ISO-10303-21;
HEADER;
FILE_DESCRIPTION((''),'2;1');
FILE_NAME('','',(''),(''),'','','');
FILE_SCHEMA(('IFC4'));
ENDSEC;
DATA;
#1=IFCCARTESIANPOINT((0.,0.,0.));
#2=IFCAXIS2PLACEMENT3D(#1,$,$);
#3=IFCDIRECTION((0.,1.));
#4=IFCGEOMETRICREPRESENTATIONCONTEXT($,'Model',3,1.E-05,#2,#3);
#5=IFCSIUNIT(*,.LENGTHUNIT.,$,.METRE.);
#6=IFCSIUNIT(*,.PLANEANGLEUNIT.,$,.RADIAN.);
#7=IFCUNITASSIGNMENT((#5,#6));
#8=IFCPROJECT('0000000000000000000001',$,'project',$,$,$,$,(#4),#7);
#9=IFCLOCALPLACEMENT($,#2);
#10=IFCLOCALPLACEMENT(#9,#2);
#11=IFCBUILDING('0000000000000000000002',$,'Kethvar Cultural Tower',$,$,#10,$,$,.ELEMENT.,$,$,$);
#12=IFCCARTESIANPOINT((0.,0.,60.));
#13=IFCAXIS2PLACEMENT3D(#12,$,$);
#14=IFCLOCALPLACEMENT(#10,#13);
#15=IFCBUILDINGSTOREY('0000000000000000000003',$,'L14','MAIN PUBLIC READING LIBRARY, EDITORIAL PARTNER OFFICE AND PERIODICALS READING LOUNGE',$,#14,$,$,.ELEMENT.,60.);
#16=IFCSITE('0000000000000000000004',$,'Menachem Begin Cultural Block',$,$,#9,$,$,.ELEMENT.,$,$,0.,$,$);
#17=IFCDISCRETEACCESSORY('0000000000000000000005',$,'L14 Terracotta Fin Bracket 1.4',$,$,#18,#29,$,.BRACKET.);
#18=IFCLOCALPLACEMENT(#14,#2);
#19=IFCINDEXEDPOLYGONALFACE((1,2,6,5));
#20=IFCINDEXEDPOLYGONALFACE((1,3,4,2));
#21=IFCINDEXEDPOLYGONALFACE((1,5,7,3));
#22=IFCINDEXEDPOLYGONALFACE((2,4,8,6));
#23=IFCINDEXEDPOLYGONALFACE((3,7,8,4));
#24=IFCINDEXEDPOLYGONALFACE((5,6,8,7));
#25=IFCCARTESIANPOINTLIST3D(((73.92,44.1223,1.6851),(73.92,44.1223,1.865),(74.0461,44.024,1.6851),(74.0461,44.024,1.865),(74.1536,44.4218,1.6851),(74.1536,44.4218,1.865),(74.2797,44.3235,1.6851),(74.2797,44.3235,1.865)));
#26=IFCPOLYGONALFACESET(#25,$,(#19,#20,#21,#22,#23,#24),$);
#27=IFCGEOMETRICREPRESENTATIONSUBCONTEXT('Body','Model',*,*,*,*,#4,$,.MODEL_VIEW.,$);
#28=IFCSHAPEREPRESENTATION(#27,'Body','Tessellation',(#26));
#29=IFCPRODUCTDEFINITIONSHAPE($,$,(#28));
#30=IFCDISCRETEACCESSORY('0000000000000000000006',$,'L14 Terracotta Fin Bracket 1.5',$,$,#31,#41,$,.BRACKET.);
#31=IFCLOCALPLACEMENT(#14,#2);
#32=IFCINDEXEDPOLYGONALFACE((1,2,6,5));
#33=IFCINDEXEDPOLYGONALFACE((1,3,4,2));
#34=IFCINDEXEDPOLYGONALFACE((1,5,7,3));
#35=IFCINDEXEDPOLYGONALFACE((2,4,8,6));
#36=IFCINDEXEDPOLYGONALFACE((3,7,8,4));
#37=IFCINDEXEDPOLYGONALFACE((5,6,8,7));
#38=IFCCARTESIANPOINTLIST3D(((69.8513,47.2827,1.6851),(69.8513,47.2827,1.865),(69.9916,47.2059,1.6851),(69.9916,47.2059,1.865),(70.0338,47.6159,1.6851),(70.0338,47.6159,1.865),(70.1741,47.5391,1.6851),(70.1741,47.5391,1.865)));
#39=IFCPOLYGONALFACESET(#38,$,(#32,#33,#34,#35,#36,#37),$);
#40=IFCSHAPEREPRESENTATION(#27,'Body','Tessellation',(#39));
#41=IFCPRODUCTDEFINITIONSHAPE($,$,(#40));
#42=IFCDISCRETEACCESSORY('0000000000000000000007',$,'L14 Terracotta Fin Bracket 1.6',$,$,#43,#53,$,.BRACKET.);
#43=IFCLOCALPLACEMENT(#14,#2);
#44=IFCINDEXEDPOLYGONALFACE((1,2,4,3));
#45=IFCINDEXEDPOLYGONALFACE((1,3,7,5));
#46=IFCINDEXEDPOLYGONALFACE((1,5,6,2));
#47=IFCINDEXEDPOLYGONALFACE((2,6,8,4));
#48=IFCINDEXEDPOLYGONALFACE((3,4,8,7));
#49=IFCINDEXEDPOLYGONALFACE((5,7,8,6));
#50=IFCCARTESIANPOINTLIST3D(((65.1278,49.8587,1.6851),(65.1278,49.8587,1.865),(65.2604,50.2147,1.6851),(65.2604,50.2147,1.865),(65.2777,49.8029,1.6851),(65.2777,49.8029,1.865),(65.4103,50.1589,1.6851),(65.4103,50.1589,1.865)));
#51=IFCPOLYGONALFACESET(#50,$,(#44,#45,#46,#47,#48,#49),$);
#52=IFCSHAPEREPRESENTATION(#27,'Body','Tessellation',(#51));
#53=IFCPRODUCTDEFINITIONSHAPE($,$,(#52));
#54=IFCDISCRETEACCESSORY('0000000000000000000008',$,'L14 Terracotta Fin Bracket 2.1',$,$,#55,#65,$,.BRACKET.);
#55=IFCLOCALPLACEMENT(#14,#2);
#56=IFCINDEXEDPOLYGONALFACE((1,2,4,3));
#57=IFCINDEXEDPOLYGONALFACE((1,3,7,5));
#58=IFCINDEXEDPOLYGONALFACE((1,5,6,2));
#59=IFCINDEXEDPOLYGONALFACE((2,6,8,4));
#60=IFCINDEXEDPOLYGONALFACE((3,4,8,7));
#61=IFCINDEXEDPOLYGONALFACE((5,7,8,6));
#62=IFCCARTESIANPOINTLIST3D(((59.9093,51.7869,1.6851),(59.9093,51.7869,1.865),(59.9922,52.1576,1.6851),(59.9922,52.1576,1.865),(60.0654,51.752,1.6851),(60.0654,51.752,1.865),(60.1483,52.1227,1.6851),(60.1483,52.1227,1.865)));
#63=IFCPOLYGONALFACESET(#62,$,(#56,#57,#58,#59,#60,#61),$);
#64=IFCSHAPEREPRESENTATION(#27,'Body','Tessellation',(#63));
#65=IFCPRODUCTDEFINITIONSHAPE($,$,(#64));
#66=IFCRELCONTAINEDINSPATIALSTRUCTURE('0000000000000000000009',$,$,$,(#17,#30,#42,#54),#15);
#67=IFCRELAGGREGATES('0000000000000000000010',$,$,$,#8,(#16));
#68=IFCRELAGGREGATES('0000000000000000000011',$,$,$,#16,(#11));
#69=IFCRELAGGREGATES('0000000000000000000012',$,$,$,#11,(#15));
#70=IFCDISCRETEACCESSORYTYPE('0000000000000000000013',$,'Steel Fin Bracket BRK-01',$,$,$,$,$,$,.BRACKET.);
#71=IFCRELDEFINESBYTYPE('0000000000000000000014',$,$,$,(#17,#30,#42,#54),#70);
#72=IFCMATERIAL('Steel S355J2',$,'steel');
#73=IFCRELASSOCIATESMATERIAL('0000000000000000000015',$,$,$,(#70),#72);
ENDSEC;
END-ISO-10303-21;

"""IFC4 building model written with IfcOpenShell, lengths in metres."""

from ifc_helpers import new_model, si_unit, direction, frame, origin, origin_2d, place, context, subcontext, project, spatial, rectangle, extrude, source, transform, mapped, material, type_object, element, save


model = new_model("IFC4")

# Units and contexts
model_context = context("Model", 3, precision=1e-05, world=origin(), true_north=direction((0.0, 1.0)))
body_context = subcontext(model_context, "Body", "Model", "MODEL_VIEW")
ifc_project = project(units=[si_unit("LENGTHUNIT", "METRE"), si_unit("PLANEANGLEUNIT", "RADIAN")], contexts=[model_context])

# Site, building, storey
site_placement = place(None, origin())
site = spatial("IfcSite", under=ifc_project, at=site_placement, Name="Menachem Begin Cultural Block", CompositionType="ELEMENT", RefElevation=0.0)
building_placement = place(site_placement, origin())
building = spatial("IfcBuilding", under=site, at=building_placement, Name="Kethvar Cultural Tower", CompositionType="ELEMENT")
storey_placement = place(building_placement, frame((0.0, 0.0, 60.0)))
storey = spatial("IfcBuildingStorey", under=building, at=storey_placement, Name="L14", Description="MAIN PUBLIC READING LIBRARY, EDITORIAL PARTNER OFFICE AND PERIODICALS READING LOUNGE", CompositionType="ELEMENT", Elevation=60.0)

# Shared definitions
ifc_material_1 = material(Name="Steel S355J2", Category="steel")

# Discrete accessories
discrete_accessory_type = type_object("IfcDiscreteAccessoryType", Name="Steel Fin Bracket BRK-01", PredefinedType="BRACKET", material=ifc_material_1)
shared_shape_1 = source(origin(), body_context, "Body", "SweptSolid", [
    extrude(rectangle(XDim=0.3799, YDim=0.1599, at=origin_2d()), origin(), (0.0, 0.0, 1.0), 0.1799),
])
for number, where, z_axis, x_axis, name in (
    (1, (74.0999, 44.2229, 1.6851), (0.0, 0.0, 1.0), (0.614974, 0.788548, 0.0), "L14 Terracotta Fin Bracket 1.4"),
    (2, (70.0127, 47.4109, 1.6851), (0.0, 0.0, 1.0), (0.480377, 0.877062, 0.0), "L14 Terracotta Fin Bracket 1.5"),
    (3, (65.269, 50.0088, 1.6851), (0.0, 0.0, 1.0), (0.349063, 0.937099, 0.0), "L14 Terracotta Fin Bracket 1.6"),
    (4, (60.0288, 51.9548, 1.6851), (0.0, 0.0, 1.0), (0.218314, 0.975879, 0.0), "L14 Terracotta Fin Bracket 2.1"),
):
    element("IfcDiscreteAccessory", number, at=place(storey_placement, frame(where, z_axis=z_axis, x_axis=x_axis)), inside=storey, type_object=discrete_accessory_type, Name=name, PredefinedType="BRACKET", context=body_context, shape_type="MappedRepresentation", body=[
        mapped(shared_shape_1, transform((0.0, 0.0, 0.0), scale=1.0)),
    ])

save(model, "model.ifc")
